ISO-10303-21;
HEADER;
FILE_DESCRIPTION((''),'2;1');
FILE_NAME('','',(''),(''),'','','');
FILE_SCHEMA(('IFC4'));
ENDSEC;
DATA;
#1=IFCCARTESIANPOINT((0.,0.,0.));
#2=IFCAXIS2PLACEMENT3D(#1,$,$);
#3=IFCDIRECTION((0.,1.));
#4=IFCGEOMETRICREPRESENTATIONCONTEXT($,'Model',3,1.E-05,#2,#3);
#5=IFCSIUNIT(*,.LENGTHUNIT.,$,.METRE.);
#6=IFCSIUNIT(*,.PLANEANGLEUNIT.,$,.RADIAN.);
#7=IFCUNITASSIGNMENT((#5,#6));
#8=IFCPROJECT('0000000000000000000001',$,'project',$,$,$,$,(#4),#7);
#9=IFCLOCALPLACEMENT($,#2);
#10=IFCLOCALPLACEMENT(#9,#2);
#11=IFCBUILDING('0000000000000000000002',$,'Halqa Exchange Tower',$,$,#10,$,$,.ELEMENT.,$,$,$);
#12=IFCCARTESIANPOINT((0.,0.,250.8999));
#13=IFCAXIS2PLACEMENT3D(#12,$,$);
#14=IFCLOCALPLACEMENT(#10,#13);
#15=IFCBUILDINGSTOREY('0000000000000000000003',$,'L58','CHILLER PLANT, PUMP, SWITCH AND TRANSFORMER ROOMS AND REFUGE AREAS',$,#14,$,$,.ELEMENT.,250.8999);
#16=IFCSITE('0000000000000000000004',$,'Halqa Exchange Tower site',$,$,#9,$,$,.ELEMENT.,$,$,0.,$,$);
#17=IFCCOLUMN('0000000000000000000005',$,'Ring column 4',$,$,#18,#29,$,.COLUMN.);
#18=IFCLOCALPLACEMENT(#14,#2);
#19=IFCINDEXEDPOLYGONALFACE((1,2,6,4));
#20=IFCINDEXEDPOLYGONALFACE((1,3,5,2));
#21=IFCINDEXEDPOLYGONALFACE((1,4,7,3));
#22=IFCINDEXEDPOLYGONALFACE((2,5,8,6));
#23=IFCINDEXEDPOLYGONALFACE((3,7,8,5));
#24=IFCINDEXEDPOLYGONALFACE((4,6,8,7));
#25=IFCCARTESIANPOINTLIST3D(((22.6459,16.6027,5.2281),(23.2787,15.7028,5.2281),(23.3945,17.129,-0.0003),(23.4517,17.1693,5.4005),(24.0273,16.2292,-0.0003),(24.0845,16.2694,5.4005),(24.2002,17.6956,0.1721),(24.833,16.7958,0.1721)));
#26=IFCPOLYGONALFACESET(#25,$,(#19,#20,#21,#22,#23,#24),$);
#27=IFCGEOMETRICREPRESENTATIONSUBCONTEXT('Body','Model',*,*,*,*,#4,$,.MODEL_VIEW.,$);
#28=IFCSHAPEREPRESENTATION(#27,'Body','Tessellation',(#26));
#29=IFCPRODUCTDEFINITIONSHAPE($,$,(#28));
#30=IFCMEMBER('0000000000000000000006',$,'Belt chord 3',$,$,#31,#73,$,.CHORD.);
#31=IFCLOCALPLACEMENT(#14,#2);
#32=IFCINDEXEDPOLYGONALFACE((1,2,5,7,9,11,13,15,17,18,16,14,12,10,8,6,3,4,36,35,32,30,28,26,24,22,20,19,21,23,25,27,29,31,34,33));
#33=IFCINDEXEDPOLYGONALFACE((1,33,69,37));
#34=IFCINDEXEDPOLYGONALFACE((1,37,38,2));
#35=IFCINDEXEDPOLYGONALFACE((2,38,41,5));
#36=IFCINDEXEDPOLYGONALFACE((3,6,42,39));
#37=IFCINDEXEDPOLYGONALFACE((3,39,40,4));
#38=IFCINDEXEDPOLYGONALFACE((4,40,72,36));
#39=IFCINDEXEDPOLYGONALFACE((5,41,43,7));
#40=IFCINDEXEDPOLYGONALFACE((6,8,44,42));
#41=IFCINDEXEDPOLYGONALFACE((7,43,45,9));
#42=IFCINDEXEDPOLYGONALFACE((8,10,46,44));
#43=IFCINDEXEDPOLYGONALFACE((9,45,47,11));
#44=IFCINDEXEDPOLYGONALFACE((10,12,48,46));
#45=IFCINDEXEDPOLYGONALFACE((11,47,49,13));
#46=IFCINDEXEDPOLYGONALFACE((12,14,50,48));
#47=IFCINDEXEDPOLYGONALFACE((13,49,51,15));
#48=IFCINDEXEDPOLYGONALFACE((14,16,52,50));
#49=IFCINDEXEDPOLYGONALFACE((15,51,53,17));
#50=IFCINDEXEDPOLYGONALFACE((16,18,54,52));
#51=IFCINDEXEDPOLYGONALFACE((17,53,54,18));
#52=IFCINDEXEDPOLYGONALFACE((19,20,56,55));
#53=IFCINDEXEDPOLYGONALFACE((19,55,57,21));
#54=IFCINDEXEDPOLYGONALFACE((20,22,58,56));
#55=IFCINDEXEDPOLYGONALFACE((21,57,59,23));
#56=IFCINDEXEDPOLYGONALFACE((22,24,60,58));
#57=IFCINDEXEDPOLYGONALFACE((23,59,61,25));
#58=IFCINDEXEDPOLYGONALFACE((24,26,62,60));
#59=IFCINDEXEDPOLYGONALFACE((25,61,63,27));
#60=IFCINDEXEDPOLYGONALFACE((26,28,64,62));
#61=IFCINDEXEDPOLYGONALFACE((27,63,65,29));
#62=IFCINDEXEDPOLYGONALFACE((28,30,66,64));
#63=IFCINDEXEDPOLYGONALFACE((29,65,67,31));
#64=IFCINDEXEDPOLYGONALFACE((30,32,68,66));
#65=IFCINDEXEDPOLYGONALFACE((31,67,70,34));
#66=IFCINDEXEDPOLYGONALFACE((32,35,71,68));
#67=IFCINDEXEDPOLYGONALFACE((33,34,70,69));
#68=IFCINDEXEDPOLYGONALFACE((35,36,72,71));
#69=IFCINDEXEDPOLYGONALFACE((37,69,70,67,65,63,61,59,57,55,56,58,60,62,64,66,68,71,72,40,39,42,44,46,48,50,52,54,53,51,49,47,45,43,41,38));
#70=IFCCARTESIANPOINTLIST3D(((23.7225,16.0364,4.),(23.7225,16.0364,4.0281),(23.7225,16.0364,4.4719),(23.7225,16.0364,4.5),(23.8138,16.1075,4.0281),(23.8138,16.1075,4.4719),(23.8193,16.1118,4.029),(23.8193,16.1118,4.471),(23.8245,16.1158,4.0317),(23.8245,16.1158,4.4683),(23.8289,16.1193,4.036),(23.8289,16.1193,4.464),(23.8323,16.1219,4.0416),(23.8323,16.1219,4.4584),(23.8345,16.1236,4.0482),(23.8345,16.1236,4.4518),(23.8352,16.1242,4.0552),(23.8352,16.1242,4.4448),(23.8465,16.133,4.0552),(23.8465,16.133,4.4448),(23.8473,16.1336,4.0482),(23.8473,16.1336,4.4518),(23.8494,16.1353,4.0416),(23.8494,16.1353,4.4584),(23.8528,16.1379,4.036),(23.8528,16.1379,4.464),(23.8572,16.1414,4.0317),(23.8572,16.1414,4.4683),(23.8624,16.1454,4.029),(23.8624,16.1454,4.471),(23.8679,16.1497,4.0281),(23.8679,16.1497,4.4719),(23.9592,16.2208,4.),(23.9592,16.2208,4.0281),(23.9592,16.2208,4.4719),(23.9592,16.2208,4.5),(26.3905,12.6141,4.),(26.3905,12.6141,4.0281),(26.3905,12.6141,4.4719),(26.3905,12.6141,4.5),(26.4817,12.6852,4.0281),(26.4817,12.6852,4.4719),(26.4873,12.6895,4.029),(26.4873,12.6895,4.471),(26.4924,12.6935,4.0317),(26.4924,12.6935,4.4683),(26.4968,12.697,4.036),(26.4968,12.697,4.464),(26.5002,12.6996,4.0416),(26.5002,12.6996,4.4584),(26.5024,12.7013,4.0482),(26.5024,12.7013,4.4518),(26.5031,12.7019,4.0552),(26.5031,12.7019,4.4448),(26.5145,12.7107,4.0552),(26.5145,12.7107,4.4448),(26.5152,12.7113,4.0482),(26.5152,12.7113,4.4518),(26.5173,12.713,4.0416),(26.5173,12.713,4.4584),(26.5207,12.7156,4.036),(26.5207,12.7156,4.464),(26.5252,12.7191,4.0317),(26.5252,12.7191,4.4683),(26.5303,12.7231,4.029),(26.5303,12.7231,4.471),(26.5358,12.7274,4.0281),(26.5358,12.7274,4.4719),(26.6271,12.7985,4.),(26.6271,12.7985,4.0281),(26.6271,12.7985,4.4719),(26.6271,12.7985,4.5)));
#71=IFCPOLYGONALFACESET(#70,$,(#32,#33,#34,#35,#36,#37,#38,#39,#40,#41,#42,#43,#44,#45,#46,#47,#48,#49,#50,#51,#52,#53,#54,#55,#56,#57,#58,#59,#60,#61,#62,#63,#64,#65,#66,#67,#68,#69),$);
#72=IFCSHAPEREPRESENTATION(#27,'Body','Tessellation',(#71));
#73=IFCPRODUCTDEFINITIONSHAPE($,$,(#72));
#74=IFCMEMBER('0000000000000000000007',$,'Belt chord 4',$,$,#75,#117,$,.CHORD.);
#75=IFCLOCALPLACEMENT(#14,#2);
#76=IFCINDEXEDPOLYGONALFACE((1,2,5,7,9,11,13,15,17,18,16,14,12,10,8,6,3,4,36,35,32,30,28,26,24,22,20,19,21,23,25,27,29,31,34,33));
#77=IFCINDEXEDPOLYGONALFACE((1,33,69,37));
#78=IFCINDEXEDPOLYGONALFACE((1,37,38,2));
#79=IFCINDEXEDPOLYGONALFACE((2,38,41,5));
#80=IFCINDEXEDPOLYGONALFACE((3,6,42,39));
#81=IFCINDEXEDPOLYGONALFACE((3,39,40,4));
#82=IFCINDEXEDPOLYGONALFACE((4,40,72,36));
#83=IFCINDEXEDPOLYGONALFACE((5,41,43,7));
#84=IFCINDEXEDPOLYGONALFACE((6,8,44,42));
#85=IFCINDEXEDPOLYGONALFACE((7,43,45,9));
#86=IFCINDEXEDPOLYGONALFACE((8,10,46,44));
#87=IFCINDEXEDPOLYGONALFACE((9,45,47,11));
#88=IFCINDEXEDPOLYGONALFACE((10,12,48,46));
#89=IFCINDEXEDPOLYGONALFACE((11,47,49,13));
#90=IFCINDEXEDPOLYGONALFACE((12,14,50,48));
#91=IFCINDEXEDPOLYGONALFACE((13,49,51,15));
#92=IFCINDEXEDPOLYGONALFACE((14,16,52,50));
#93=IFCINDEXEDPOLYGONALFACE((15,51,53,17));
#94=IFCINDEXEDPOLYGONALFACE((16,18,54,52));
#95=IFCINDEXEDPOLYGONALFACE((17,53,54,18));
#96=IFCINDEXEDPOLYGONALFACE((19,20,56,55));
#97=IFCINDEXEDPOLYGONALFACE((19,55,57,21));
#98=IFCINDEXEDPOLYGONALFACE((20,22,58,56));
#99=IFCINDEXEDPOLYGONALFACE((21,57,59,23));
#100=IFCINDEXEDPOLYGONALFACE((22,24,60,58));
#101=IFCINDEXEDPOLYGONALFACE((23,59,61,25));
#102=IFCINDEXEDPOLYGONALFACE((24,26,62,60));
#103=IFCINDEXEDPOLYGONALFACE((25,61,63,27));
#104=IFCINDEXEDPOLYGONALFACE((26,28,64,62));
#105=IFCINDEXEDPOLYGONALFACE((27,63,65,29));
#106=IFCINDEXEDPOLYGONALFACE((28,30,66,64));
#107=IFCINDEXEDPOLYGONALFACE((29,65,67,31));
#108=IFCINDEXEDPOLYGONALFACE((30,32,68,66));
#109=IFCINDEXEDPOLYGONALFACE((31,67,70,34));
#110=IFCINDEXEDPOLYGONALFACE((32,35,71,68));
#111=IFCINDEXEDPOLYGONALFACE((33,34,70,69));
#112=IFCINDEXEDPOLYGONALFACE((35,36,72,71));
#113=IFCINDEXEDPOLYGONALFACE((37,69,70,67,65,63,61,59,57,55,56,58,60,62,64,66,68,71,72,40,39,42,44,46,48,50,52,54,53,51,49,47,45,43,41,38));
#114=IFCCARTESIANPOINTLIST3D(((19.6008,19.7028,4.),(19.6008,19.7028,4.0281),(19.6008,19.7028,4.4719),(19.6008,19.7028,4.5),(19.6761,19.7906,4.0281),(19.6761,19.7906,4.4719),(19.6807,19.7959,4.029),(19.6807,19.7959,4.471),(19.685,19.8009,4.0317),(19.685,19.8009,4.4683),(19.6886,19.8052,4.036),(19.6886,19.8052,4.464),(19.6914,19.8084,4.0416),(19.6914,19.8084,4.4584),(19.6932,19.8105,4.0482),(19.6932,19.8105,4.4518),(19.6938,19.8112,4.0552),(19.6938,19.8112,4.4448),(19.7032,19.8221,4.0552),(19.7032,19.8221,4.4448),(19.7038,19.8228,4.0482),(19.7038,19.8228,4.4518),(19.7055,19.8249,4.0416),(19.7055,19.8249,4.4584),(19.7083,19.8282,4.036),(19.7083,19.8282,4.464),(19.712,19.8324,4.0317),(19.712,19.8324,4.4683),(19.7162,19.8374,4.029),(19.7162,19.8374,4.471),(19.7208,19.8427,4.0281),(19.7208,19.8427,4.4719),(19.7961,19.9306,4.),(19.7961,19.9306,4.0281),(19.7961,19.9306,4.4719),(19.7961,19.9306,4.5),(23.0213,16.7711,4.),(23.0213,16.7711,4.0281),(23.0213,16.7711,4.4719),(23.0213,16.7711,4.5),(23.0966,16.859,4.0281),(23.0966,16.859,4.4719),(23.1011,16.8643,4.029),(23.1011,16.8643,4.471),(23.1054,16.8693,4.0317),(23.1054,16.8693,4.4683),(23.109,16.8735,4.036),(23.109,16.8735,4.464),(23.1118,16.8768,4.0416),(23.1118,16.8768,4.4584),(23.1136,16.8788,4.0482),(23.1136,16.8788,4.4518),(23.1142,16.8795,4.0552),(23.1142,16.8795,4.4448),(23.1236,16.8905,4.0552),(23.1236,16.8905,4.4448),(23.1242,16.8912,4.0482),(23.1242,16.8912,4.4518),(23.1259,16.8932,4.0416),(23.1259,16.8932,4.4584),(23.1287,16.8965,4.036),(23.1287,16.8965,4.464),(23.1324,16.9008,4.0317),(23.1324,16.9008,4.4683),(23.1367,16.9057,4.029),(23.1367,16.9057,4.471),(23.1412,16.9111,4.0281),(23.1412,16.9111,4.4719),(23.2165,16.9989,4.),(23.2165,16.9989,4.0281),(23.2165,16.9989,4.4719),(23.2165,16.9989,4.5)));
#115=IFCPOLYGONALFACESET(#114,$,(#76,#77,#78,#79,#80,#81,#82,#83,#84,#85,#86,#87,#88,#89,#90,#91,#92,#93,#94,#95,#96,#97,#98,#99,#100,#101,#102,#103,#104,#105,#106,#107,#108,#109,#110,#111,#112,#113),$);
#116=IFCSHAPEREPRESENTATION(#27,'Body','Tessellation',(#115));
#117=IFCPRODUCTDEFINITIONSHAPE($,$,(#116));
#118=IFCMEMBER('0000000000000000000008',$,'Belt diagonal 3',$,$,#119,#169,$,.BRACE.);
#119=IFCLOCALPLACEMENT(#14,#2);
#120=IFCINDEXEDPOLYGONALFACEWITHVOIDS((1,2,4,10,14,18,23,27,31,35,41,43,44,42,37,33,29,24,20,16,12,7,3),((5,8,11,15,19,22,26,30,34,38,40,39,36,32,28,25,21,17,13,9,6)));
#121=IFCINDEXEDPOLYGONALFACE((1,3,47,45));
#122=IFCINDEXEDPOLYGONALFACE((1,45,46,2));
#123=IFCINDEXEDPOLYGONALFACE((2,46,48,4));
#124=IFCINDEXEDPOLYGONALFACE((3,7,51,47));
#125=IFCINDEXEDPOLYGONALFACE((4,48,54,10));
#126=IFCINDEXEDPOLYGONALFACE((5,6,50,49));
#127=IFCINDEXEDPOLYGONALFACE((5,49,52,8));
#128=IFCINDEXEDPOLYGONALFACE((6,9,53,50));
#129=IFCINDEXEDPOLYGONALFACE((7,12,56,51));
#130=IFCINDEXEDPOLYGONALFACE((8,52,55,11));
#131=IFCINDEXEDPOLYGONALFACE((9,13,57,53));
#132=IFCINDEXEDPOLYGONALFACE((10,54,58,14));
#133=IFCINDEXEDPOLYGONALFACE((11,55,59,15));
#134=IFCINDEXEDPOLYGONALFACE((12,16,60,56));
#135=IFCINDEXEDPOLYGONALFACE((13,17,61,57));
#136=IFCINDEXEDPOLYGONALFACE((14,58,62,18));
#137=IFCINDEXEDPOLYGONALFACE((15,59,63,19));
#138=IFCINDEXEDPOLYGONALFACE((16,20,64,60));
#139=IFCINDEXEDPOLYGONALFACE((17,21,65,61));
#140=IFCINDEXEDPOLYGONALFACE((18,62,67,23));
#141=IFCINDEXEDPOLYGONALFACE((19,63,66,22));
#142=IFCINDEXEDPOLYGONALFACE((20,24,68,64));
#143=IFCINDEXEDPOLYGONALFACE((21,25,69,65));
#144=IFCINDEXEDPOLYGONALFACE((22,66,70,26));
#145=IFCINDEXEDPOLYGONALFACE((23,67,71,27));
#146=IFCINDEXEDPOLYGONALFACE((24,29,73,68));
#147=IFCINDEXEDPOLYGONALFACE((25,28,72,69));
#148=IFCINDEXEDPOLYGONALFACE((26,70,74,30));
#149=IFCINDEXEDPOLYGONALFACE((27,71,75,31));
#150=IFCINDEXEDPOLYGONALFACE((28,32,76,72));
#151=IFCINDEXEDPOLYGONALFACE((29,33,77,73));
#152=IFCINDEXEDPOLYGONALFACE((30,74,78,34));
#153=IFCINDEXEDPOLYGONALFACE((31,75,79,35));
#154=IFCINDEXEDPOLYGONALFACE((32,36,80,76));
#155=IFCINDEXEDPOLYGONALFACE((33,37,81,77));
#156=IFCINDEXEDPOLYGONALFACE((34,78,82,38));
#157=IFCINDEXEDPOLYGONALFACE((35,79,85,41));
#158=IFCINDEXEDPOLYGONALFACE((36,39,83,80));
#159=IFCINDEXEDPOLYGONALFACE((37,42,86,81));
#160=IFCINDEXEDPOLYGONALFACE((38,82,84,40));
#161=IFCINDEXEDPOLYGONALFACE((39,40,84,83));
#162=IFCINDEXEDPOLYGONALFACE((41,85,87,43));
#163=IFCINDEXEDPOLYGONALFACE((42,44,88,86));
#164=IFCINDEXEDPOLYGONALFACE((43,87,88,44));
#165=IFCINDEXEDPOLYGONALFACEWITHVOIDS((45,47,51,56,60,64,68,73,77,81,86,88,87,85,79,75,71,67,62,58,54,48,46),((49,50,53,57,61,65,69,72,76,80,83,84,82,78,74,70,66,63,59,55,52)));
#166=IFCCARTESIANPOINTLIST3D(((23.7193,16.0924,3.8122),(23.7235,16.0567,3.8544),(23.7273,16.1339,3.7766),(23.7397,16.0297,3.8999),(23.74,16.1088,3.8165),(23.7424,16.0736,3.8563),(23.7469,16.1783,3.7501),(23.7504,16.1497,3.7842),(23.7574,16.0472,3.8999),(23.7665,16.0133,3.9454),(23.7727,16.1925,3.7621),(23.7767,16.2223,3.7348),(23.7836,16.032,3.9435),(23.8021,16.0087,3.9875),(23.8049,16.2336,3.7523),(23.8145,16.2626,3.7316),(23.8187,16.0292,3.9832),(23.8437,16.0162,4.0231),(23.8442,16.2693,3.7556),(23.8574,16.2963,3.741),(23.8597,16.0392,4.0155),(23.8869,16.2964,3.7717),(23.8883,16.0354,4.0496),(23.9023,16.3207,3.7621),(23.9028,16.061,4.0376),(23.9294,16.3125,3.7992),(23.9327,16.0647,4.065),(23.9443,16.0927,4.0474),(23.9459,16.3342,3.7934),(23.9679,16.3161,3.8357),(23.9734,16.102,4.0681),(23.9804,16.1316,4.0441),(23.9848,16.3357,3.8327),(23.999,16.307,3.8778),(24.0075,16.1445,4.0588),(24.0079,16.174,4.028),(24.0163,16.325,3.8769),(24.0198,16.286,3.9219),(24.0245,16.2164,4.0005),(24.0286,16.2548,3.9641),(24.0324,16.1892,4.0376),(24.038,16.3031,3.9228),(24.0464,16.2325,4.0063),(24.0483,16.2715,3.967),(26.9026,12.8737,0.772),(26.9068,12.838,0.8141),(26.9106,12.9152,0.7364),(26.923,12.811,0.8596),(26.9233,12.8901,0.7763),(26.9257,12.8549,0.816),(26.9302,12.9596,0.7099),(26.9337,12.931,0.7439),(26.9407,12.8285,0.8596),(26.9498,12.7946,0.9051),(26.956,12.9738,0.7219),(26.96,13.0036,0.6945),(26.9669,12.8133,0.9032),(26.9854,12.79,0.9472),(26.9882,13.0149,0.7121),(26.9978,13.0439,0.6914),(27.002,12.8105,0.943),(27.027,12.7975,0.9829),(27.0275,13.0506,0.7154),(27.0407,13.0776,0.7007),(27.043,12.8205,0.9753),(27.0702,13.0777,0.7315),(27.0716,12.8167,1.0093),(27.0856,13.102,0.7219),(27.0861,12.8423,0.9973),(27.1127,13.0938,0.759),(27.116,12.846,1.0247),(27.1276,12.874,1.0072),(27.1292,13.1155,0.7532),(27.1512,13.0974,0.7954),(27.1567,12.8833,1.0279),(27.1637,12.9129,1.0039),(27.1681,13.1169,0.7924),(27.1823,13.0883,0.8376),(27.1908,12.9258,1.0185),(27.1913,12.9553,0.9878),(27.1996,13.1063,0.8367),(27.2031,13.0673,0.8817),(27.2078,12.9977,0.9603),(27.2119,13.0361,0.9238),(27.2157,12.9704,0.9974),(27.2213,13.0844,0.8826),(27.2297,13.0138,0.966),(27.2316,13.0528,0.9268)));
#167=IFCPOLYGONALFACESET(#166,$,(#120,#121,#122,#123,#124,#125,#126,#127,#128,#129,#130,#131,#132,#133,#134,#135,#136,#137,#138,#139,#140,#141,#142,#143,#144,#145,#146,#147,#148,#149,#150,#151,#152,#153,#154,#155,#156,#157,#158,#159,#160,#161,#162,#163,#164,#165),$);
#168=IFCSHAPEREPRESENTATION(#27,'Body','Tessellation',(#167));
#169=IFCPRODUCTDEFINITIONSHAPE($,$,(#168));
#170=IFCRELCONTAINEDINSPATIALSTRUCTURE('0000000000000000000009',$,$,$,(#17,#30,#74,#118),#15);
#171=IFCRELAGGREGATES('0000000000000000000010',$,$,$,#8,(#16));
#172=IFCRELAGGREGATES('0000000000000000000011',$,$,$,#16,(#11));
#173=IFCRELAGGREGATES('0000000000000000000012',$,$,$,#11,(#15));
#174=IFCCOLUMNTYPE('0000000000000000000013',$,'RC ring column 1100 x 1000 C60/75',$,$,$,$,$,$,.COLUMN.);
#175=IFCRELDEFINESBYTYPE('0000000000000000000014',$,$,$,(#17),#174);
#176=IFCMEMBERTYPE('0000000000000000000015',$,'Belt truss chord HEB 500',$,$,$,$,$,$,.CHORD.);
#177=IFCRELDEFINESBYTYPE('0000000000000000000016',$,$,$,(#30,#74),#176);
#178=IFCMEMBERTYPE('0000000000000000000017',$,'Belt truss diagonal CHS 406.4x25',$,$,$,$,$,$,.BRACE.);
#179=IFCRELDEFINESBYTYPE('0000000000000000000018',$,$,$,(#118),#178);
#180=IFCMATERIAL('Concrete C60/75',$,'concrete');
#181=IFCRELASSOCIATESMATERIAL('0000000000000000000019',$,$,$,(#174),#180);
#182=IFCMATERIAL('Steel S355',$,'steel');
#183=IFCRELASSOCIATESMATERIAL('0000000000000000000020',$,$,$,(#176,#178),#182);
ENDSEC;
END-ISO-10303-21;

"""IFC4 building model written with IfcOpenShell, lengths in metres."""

from ifc_helpers import new_model, si_unit, direction, frame, origin, origin_2d, place, context, subcontext, project, spatial, rectangle, hollow_circle, i_section, extrude, material, material_profile, profile_set, type_object, element, save


model = new_model("IFC4")

# Units and contexts
model_context = context("Model", 3, precision=1e-05, world=origin(), true_north=direction((0.0, 1.0)))
body_context = subcontext(model_context, "Body", "Model", "MODEL_VIEW")
ifc_project = project(units=[si_unit("LENGTHUNIT", "METRE"), si_unit("PLANEANGLEUNIT", "RADIAN")], contexts=[model_context])

# Site, building, storey
site_placement = place(None, origin())
site = spatial("IfcSite", under=ifc_project, at=site_placement, Name="Halqa Exchange Tower site", CompositionType="ELEMENT", RefElevation=0.0)
building_placement = place(site_placement, origin())
building = spatial("IfcBuilding", under=site, at=building_placement, Name="Halqa Exchange Tower", CompositionType="ELEMENT")
storey_placement = place(building_placement, frame((0.0, 0.0, 250.8999)))
storey = spatial("IfcBuildingStorey", under=building, at=storey_placement, Name="L58", Description="CHILLER PLANT, PUMP, SWITCH AND TRANSFORMER ROOMS AND REFUGE AREAS", CompositionType="ELEMENT", Elevation=250.8999)

# Column
ifc_material_1 = material(Name="Concrete C60/75", Category="concrete")
ifc_material_profile_1 = material_profile(ifc_material_1, rectangle(XDim=1.1001, YDim=1.0, at=origin_2d()), Name="1100 x 1000")
ifc_profile_set_1 = profile_set([ifc_material_profile_1], Name="Concrete C60/75")
column_type = type_object("IfcColumnType", Name="RC ring column 1100 x 1000 C60/75", PredefinedType="COLUMN", material=ifc_profile_set_1)
column_placement = place(storey_placement, frame((24.1138, 16.9624, 0.0859), z_axis=(-0.141027, -0.09917, 0.985026), x_axis=(0.575216, -0.818002, 0.0)))
element("IfcColumn", 1, at=column_placement, inside=storey, type_object=column_type, Name="Ring column 4", PredefinedType="COLUMN", context=body_context, shape_type="SweptSolid", body=[
    extrude(rectangle(XDim=1.1001, YDim=1.0, at=origin_2d()), origin(), (0.0, 0.0, 1.0), 5.3079),
])

# Members
ifc_material_2 = material(Name="Steel S355", Category="steel")
ifc_material_profile_2 = material_profile(ifc_material_2, i_section(OverallWidth=0.3, OverallDepth=0.5, WebThickness=0.0144, FlangeThickness=0.0281, FilletRadius=0.0271, at=origin_2d()), Name="HEB 500")
ifc_profile_set_2 = profile_set([ifc_material_profile_2], Name="Steel S355")
member_type_1 = type_object("IfcMemberType", Name="Belt truss chord HEB 500", PredefinedType="CHORD", material=ifc_profile_set_2)
member_1_placement = place(storey_placement, frame((26.5088, 12.7063, 4.25), z_axis=(-0.614821, 0.788667, 0.0), x_axis=(-0.788667, -0.614821, 0.0)))
element("IfcMember", 2, at=member_1_placement, inside=storey, type_object=member_type_1, Name="Belt chord 3", PredefinedType="CHORD", context=body_context, shape_type="SweptSolid", body=[
    extrude(i_section(OverallWidth=0.3, OverallDepth=0.5, WebThickness=0.0144, FlangeThickness=0.0281, FilletRadius=0.0271, at=origin_2d()), origin(), (0.0, 0.0, 1.0), 4.3394),
])
member_2_placement = place(storey_placement, frame((23.1189, 16.885, 4.25), z_axis=(-0.759272, 0.650774, 0.0), x_axis=(-0.650774, -0.759272, 0.0)))
element("IfcMember", 3, at=member_2_placement, inside=storey, type_object=member_type_1, Name="Belt chord 4", PredefinedType="CHORD", context=body_context, shape_type="SweptSolid", body=[
    extrude(i_section(OverallWidth=0.3, OverallDepth=0.5, WebThickness=0.0144, FlangeThickness=0.0281, FilletRadius=0.0271, at=origin_2d()), origin(), (0.0, 0.0, 1.0), 4.5049),
])
ifc_material_profile_3 = material_profile(ifc_material_2, hollow_circle(Radius=0.2031, WallThickness=0.0249, at=origin_2d()), Name="CHS 406.4x25")
ifc_profile_set_3 = profile_set([ifc_material_profile_3], Name="Steel S355")
member_type_2 = type_object("IfcMemberType", Name="Belt truss diagonal CHS 406.4x25", PredefinedType="BRACE", material=ifc_profile_set_3)
member_3_placement = place(storey_placement, frame((27.0674, 12.9539, 0.8596), z_axis=(-0.583758, 0.59025, 0.557523), x_axis=(-0.711006, -0.703186, 0.0)))
element("IfcMember", 4, at=member_3_placement, inside=storey, type_object=member_type_2, Name="Belt diagonal 3", PredefinedType="BRACE", context=body_context, shape_type="SweptSolid", body=[
    extrude(hollow_circle(Radius=0.2031, WallThickness=0.0249, at=origin_2d()), origin(), (0.0, 0.0, 1.0), 5.4531),
])

save(model, "model.ifc")
